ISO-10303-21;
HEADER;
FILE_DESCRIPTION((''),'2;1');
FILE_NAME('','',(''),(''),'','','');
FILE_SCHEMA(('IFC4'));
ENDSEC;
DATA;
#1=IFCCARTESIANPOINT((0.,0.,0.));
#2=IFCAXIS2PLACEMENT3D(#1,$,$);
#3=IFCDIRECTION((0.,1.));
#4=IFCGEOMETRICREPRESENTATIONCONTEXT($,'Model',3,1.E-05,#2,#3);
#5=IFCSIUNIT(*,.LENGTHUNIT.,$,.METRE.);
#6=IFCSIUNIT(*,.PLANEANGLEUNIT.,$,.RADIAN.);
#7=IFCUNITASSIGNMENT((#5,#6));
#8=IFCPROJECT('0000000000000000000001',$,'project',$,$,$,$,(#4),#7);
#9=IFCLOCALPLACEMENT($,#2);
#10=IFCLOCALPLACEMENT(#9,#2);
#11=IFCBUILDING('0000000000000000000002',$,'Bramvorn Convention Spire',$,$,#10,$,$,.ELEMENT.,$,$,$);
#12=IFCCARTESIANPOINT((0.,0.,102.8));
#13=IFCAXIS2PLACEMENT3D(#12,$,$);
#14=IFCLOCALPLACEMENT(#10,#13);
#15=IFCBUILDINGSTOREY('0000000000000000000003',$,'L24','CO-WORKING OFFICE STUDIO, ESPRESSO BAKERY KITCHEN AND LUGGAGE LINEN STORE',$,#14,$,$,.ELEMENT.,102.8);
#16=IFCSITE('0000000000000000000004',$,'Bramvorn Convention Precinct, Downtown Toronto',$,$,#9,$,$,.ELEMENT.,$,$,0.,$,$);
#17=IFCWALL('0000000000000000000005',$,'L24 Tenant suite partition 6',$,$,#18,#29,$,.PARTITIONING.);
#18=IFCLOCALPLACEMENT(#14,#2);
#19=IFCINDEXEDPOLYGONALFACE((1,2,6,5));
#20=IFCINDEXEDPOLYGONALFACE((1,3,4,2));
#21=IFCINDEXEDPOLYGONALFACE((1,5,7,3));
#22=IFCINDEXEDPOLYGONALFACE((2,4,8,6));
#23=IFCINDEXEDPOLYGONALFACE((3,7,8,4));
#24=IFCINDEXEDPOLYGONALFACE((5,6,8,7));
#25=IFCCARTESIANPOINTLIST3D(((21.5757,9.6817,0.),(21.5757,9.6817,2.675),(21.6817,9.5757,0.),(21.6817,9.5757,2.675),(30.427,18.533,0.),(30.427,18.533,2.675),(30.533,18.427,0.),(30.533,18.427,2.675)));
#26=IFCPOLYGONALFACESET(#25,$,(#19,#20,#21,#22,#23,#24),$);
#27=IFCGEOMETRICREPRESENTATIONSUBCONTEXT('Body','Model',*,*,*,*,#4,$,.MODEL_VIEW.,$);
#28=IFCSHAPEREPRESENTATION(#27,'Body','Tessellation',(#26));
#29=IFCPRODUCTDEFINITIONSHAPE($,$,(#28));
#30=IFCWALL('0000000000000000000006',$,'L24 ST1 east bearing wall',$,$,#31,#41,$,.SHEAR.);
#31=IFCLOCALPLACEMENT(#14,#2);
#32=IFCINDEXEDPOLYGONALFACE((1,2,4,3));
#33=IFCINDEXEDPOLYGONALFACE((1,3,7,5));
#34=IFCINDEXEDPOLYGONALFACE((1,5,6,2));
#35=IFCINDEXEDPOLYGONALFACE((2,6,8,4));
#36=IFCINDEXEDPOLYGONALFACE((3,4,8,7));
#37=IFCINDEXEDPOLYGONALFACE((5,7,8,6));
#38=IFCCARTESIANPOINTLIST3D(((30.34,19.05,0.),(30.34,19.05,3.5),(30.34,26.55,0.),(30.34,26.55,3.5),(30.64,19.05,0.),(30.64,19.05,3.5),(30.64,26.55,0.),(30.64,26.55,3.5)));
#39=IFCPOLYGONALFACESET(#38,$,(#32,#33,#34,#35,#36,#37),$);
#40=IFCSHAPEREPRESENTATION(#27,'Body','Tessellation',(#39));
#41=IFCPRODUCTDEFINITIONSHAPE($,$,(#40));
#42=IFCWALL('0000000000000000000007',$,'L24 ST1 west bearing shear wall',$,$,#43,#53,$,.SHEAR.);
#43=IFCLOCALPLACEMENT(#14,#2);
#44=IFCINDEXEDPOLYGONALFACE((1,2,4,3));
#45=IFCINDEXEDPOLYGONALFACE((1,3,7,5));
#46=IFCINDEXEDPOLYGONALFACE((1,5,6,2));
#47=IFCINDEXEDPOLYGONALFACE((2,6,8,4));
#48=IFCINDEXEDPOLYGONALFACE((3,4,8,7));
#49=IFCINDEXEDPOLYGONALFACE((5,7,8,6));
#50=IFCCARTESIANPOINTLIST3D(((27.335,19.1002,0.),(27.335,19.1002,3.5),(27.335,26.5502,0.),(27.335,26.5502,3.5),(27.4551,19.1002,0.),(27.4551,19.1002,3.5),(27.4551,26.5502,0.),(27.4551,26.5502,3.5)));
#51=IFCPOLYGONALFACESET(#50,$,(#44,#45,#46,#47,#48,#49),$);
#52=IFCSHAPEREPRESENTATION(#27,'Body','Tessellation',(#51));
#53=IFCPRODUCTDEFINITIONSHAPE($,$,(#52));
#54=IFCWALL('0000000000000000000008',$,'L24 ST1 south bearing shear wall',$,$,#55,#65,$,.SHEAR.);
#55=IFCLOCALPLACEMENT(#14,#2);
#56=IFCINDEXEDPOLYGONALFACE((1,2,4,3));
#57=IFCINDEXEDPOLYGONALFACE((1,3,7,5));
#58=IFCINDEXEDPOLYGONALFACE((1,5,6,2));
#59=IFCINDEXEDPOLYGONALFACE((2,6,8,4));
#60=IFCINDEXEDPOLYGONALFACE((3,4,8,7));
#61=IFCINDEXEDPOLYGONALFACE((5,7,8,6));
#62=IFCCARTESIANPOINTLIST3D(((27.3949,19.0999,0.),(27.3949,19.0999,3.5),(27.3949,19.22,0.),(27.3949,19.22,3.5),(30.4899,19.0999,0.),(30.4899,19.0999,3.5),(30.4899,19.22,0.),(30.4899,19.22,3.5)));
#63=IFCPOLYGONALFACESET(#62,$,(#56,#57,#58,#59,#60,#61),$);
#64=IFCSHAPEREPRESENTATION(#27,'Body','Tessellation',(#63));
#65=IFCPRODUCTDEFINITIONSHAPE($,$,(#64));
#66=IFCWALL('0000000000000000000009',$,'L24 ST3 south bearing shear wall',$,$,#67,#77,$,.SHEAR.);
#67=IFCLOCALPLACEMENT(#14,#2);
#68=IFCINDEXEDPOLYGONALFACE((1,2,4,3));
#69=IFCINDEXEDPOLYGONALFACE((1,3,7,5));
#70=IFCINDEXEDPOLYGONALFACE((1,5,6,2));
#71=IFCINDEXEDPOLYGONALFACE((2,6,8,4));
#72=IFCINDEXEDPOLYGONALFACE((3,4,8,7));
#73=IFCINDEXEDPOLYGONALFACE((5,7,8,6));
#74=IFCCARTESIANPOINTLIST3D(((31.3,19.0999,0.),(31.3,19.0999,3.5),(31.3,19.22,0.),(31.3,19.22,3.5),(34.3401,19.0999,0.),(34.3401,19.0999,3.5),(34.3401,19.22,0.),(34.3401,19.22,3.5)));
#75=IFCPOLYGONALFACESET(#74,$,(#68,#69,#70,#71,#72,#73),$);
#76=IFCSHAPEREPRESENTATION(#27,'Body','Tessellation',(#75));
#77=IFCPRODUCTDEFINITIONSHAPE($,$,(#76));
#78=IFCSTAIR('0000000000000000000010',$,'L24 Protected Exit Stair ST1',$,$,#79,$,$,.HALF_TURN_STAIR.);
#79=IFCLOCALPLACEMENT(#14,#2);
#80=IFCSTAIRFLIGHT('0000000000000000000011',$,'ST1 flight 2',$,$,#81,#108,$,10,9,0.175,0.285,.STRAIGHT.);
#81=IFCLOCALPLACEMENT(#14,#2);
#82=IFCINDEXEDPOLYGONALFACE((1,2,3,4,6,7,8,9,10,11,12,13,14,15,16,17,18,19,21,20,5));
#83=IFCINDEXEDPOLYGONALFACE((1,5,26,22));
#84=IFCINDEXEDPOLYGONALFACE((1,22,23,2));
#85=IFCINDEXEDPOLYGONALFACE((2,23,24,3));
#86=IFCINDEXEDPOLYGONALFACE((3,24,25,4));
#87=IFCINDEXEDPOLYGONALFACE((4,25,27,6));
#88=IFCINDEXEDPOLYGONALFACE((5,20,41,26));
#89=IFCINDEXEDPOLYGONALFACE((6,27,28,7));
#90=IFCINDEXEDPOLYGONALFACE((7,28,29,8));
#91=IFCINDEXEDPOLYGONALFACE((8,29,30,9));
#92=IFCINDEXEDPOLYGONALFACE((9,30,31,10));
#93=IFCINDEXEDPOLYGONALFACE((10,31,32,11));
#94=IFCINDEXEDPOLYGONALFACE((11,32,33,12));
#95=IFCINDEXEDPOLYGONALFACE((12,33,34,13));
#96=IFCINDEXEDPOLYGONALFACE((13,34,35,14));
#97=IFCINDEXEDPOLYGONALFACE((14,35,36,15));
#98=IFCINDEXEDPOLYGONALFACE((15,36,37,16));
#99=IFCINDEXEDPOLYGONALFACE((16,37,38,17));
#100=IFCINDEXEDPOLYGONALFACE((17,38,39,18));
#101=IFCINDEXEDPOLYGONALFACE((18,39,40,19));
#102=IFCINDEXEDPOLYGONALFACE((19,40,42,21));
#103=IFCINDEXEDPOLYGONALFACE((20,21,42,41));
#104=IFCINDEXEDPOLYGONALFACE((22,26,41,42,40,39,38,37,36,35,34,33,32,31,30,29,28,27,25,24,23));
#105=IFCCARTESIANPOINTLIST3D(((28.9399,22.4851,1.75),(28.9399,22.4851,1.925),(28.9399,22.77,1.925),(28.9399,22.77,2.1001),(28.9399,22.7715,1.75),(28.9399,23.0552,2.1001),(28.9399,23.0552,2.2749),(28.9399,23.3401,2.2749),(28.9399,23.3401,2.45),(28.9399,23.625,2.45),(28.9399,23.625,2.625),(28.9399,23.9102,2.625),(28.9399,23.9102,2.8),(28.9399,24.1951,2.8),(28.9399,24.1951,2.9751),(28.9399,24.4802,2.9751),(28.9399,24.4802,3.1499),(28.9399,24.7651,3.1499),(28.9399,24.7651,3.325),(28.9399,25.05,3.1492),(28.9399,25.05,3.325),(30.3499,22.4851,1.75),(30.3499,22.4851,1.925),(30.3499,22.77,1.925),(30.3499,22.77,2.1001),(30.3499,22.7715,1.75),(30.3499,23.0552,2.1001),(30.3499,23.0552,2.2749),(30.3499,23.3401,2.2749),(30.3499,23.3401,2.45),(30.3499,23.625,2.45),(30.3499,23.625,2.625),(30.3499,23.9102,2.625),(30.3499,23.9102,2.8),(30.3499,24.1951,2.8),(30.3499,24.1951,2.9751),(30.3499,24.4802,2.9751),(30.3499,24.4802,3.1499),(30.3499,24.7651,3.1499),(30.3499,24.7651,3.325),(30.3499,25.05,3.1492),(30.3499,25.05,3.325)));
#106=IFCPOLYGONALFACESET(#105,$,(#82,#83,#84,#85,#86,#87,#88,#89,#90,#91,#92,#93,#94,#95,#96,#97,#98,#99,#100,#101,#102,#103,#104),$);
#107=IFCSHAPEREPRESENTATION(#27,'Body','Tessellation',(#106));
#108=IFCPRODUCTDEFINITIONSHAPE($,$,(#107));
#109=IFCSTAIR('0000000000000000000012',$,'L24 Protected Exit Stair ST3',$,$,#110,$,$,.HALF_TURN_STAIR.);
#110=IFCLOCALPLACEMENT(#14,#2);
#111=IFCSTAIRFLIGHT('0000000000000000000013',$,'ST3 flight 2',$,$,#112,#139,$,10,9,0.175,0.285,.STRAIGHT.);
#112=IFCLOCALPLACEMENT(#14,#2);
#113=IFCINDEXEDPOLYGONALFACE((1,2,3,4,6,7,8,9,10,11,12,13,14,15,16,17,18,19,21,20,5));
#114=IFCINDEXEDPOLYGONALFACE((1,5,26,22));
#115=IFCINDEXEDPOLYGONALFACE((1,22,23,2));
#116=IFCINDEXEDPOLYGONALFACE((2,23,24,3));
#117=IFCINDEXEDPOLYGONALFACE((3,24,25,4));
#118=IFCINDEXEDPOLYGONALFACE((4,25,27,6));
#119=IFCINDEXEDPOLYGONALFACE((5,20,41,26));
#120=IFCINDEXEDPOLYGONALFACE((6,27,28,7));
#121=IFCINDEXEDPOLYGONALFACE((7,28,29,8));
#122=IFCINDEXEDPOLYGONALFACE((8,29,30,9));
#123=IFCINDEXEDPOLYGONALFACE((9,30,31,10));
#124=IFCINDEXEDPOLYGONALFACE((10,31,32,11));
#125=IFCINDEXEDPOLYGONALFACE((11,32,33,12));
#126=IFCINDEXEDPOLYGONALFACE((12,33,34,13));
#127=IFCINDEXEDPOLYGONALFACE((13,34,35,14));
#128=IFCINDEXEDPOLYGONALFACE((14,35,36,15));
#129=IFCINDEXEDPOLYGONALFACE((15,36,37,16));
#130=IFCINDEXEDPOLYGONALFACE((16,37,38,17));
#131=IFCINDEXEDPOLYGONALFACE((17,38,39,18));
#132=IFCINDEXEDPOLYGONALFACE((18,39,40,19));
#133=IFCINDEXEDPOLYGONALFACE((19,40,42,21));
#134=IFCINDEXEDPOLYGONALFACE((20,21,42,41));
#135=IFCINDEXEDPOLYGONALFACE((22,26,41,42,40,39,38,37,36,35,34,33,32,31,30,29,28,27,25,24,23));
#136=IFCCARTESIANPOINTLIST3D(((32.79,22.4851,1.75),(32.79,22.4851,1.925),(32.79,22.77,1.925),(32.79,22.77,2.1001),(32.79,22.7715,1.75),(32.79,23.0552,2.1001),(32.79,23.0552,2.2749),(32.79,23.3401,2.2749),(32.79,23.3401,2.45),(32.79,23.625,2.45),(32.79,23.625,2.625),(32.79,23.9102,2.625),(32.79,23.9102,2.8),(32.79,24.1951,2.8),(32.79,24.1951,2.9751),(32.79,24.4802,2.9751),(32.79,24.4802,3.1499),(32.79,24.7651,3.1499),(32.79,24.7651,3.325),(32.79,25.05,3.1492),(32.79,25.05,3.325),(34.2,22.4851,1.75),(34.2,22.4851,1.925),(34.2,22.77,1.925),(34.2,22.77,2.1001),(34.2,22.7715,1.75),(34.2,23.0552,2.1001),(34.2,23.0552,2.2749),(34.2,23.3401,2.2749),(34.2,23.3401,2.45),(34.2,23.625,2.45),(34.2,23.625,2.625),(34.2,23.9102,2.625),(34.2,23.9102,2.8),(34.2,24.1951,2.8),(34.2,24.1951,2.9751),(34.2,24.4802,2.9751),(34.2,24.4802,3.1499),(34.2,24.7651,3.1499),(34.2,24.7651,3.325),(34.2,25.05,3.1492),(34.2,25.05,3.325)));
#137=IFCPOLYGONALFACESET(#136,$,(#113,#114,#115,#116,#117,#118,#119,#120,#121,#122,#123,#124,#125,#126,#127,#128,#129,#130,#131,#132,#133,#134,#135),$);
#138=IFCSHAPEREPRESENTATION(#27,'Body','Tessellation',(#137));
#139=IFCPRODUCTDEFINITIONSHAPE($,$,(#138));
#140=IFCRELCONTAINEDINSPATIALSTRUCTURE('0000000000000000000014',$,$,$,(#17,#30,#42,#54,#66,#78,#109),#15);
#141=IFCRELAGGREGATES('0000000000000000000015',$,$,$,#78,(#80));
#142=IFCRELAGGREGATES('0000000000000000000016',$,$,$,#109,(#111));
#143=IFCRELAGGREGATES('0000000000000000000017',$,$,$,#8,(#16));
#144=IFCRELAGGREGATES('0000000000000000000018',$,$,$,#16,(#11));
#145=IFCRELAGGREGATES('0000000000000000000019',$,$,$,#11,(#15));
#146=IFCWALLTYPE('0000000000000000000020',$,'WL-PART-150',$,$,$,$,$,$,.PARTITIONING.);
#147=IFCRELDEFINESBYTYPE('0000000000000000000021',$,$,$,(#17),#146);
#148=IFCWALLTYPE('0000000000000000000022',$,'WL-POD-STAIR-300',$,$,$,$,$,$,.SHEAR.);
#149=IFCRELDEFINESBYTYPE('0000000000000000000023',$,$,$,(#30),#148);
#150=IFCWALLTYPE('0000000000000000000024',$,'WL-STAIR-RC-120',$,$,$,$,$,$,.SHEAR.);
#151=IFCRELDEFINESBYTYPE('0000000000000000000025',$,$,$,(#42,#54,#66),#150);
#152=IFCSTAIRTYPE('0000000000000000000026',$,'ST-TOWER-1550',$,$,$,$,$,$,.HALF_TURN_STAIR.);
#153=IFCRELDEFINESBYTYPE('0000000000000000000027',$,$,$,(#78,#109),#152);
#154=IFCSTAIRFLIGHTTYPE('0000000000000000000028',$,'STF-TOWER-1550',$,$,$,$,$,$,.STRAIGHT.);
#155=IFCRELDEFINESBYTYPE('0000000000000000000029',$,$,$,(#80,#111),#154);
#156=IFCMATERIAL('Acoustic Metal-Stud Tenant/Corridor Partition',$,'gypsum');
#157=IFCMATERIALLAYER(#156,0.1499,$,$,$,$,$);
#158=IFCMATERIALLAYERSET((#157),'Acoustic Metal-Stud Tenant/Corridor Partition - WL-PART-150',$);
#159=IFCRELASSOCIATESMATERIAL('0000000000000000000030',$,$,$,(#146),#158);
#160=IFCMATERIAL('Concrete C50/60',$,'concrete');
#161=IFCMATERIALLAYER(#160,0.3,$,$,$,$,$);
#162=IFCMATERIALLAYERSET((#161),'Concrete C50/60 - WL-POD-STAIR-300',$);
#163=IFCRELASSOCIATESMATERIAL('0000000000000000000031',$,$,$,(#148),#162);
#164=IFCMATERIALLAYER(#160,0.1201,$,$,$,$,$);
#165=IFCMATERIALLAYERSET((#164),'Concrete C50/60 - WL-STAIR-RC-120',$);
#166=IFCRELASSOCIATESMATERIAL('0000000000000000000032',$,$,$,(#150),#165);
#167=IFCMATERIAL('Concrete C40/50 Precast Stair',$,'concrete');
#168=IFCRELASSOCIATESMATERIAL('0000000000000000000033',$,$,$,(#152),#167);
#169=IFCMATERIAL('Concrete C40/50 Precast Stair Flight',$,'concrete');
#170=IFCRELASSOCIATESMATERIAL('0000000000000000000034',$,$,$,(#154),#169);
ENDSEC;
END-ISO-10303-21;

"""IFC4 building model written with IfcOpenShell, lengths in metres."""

from ifc_helpers import new_model, si_unit, direction, frame, frame_2d, origin, place, context, subcontext, project, spatial, polyline, rectangle, outline, extrude, material, layer, layer_set, type_object, element, aggregate, save


model = new_model("IFC4")

# Units and contexts
model_context = context("Model", 3, precision=1e-05, world=origin(), true_north=direction((0.0, 1.0)))
body_context = subcontext(model_context, "Body", "Model", "MODEL_VIEW")
ifc_project = project(units=[si_unit("LENGTHUNIT", "METRE"), si_unit("PLANEANGLEUNIT", "RADIAN")], contexts=[model_context])

# Site, building, storey
site_placement = place(None, origin())
site = spatial("IfcSite", under=ifc_project, at=site_placement, Name="Bramvorn Convention Precinct, Downtown Toronto", CompositionType="ELEMENT", RefElevation=0.0)
building_placement = place(site_placement, origin())
building = spatial("IfcBuilding", under=site, at=building_placement, Name="Bramvorn Convention Spire", CompositionType="ELEMENT")
storey_placement = place(building_placement, frame((0.0, 0.0, 102.8)))
storey = spatial("IfcBuildingStorey", under=building, at=storey_placement, Name="L24", Description="CO-WORKING OFFICE STUDIO, ESPRESSO BAKERY KITCHEN AND LUGGAGE LINEN STORE", CompositionType="ELEMENT", Elevation=102.8)

# Walls
ifc_material_1 = material(Name="Acoustic Metal-Stud Tenant/Corridor Partition", Category="gypsum")
ifc_layer_1 = layer(ifc_material_1, 0.1499)
ifc_layer_set_1 = layer_set([ifc_layer_1], Name="Acoustic Metal-Stud Tenant/Corridor Partition - WL-PART-150")
wall_type_1 = type_object("IfcWallType", Name="WL-PART-150", PredefinedType="PARTITIONING", material=ifc_layer_set_1)
wall_1_placement = place(storey_placement, frame((30.48, 18.48, 0.0), z_axis=(0.0, 0.0, 1.0), x_axis=(-0.707107, -0.707107, 0.0)))
element("IfcWall", 1, at=wall_1_placement, inside=storey, type_object=wall_type_1, Name="L24 Tenant suite partition 6", PredefinedType="PARTITIONING", context=body_context, shape_type="SweptSolid", body=[
    extrude(rectangle(XDim=12.5176, YDim=0.1499, at=frame_2d((6.2588, 0.0))), origin(), (0.0, 0.0, 1.0), 2.675),
])
ifc_material_2 = material(Name="Concrete C50/60", Category="concrete")
ifc_layer_2 = layer(ifc_material_2, 0.3)
ifc_layer_set_2 = layer_set([ifc_layer_2], Name="Concrete C50/60 - WL-POD-STAIR-300")
wall_type_2 = type_object("IfcWallType", Name="WL-POD-STAIR-300", PredefinedType="SHEAR", material=ifc_layer_set_2)
wall_2_placement = place(storey_placement, frame((30.49, 19.05, 0.0), z_axis=(0.0, 0.0, 1.0), x_axis=(0.0, 1.0, 0.0)))
element("IfcWall", 2, at=wall_2_placement, inside=storey, type_object=wall_type_2, Name="L24 ST1 east bearing wall", PredefinedType="SHEAR", context=body_context, shape_type="SweptSolid", body=[
    extrude(rectangle(XDim=7.5, YDim=0.3, at=frame_2d((3.75, 0.0))), origin(), (0.0, 0.0, 1.0), 3.5),
])
ifc_layer_3 = layer(ifc_material_2, 0.1201)
ifc_layer_set_3 = layer_set([ifc_layer_3], Name="Concrete C50/60 - WL-STAIR-RC-120")
wall_type_3 = type_object("IfcWallType", Name="WL-STAIR-RC-120", PredefinedType="SHEAR", material=ifc_layer_set_3)
wall_3_placement = place(storey_placement, frame((27.395, 19.1001, 0.0), z_axis=(0.0, 0.0, 1.0), x_axis=(0.0, 1.0, 0.0)))
element("IfcWall", 3, at=wall_3_placement, inside=storey, type_object=wall_type_3, Name="L24 ST1 west bearing shear wall", PredefinedType="SHEAR", context=body_context, shape_type="SweptSolid", body=[
    extrude(rectangle(XDim=7.45, YDim=0.1201, at=frame_2d((3.7251, 0.0))), origin(), (0.0, 0.0, 1.0), 3.5),
])
wall_4_placement = place(storey_placement, frame((27.395, 19.1599, 0.0), z_axis=(0.0, 0.0, 1.0), x_axis=(1.0, 0.0, 0.0)))
element("IfcWall", 4, at=wall_4_placement, inside=storey, type_object=wall_type_3, Name="L24 ST1 south bearing shear wall", PredefinedType="SHEAR", context=body_context, shape_type="SweptSolid", body=[
    extrude(rectangle(XDim=3.095, YDim=0.1201, at=frame_2d((1.5474, 0.0))), origin(), (0.0, 0.0, 1.0), 3.5),
])
wall_5_placement = place(storey_placement, frame((31.3, 19.1599, 0.0), z_axis=(0.0, 0.0, 1.0), x_axis=(1.0, 0.0, 0.0)))
element("IfcWall", 5, at=wall_5_placement, inside=storey, type_object=wall_type_3, Name="L24 ST3 south bearing shear wall", PredefinedType="SHEAR", context=body_context, shape_type="SweptSolid", body=[
    extrude(rectangle(XDim=3.04, YDim=0.1201, at=frame_2d((1.52, 0.0))), origin(), (0.0, 0.0, 1.0), 3.5),
])

# Stairs, stair flights
ifc_material_3 = material(Name="Concrete C40/50 Precast Stair", Category="concrete")
stair_type = type_object("IfcStairType", Name="ST-TOWER-1550", PredefinedType="HALF_TURN_STAIR", material=ifc_material_3)
stair_1_placement = place(storey_placement, origin())
stair_1 = element("IfcStair", 6, at=stair_1_placement, inside=storey, type_object=stair_type, Name="L24 Protected Exit Stair ST1", PredefinedType="HALF_TURN_STAIR")
ifc_material_4 = material(Name="Concrete C40/50 Precast Stair Flight", Category="concrete")
stair_flight_type = type_object("IfcStairFlightType", Name="STF-TOWER-1550", PredefinedType="STRAIGHT", material=ifc_material_4)
stair_flight_1_placement = place(storey_placement, frame((29.645, 22.4851, 1.75), z_axis=(0.0, 0.0, 1.0), x_axis=(0.0, 1.0, 0.0)))
stair_flight_1 = element("IfcStairFlight", 7, at=stair_flight_1_placement, type_object=stair_flight_type, Name="ST1 flight 2", NumberOfRisers=10, NumberOfTreads=9, PredefinedType="STRAIGHT", RiserHeight=0.175, TreadLength=0.285, context=body_context, shape_type="SweptSolid", body=[
    extrude(outline(polyline([(0.0, 0.0), (0.0, 0.175), (0.2849, 0.175), (0.2849, 0.3501), (0.5701, 0.3501), (0.5701, 0.5249), (0.855, 0.5249), (0.855, 0.7), (1.1399, 0.7), (1.1399, 0.875), (1.425, 0.875), (1.425, 1.05), (1.71, 1.05), (1.71, 1.2251), (1.9951, 1.2251), (1.9951, 1.3999), (2.28, 1.3999), (2.28, 1.575), (2.5649, 1.575), (2.5649, 1.75), (2.5649, 1.3992), (0.2864, 0.0), (0.0, 0.0)])), frame((0.0, 0.7051, 0.0), z_axis=(0.0, -1.0, 0.0), x_axis=(1.0, 0.0, 0.0)), (0.0, 0.0, 1.0), 1.4099),
])
aggregate(stair_1, [stair_flight_1])
stair_2_placement = place(storey_placement, origin())
stair_2 = element("IfcStair", 8, at=stair_2_placement, inside=storey, type_object=stair_type, Name="L24 Protected Exit Stair ST3", PredefinedType="HALF_TURN_STAIR")
stair_flight_2_placement = place(storey_placement, frame((33.4951, 22.4851, 1.75), z_axis=(0.0, 0.0, 1.0), x_axis=(0.0, 1.0, 0.0)))
stair_flight_2 = element("IfcStairFlight", 9, at=stair_flight_2_placement, type_object=stair_flight_type, Name="ST3 flight 2", NumberOfRisers=10, NumberOfTreads=9, PredefinedType="STRAIGHT", RiserHeight=0.175, TreadLength=0.285, context=body_context, shape_type="SweptSolid", body=[
    extrude(outline(polyline([(0.0, 0.0), (0.0, 0.175), (0.2849, 0.175), (0.2849, 0.3501), (0.5701, 0.3501), (0.5701, 0.5249), (0.855, 0.5249), (0.855, 0.7), (1.1399, 0.7), (1.1399, 0.875), (1.425, 0.875), (1.425, 1.05), (1.71, 1.05), (1.71, 1.2251), (1.9951, 1.2251), (1.9951, 1.3999), (2.28, 1.3999), (2.28, 1.575), (2.5649, 1.575), (2.5649, 1.75), (2.5649, 1.3992), (0.2864, 0.0), (0.0, 0.0)])), frame((0.0, 0.7051, 0.0), z_axis=(0.0, -1.0, 0.0), x_axis=(1.0, 0.0, 0.0)), (0.0, 0.0, 1.0), 1.4099),
])
aggregate(stair_2, [stair_flight_2])

save(model, "model.ifc")
